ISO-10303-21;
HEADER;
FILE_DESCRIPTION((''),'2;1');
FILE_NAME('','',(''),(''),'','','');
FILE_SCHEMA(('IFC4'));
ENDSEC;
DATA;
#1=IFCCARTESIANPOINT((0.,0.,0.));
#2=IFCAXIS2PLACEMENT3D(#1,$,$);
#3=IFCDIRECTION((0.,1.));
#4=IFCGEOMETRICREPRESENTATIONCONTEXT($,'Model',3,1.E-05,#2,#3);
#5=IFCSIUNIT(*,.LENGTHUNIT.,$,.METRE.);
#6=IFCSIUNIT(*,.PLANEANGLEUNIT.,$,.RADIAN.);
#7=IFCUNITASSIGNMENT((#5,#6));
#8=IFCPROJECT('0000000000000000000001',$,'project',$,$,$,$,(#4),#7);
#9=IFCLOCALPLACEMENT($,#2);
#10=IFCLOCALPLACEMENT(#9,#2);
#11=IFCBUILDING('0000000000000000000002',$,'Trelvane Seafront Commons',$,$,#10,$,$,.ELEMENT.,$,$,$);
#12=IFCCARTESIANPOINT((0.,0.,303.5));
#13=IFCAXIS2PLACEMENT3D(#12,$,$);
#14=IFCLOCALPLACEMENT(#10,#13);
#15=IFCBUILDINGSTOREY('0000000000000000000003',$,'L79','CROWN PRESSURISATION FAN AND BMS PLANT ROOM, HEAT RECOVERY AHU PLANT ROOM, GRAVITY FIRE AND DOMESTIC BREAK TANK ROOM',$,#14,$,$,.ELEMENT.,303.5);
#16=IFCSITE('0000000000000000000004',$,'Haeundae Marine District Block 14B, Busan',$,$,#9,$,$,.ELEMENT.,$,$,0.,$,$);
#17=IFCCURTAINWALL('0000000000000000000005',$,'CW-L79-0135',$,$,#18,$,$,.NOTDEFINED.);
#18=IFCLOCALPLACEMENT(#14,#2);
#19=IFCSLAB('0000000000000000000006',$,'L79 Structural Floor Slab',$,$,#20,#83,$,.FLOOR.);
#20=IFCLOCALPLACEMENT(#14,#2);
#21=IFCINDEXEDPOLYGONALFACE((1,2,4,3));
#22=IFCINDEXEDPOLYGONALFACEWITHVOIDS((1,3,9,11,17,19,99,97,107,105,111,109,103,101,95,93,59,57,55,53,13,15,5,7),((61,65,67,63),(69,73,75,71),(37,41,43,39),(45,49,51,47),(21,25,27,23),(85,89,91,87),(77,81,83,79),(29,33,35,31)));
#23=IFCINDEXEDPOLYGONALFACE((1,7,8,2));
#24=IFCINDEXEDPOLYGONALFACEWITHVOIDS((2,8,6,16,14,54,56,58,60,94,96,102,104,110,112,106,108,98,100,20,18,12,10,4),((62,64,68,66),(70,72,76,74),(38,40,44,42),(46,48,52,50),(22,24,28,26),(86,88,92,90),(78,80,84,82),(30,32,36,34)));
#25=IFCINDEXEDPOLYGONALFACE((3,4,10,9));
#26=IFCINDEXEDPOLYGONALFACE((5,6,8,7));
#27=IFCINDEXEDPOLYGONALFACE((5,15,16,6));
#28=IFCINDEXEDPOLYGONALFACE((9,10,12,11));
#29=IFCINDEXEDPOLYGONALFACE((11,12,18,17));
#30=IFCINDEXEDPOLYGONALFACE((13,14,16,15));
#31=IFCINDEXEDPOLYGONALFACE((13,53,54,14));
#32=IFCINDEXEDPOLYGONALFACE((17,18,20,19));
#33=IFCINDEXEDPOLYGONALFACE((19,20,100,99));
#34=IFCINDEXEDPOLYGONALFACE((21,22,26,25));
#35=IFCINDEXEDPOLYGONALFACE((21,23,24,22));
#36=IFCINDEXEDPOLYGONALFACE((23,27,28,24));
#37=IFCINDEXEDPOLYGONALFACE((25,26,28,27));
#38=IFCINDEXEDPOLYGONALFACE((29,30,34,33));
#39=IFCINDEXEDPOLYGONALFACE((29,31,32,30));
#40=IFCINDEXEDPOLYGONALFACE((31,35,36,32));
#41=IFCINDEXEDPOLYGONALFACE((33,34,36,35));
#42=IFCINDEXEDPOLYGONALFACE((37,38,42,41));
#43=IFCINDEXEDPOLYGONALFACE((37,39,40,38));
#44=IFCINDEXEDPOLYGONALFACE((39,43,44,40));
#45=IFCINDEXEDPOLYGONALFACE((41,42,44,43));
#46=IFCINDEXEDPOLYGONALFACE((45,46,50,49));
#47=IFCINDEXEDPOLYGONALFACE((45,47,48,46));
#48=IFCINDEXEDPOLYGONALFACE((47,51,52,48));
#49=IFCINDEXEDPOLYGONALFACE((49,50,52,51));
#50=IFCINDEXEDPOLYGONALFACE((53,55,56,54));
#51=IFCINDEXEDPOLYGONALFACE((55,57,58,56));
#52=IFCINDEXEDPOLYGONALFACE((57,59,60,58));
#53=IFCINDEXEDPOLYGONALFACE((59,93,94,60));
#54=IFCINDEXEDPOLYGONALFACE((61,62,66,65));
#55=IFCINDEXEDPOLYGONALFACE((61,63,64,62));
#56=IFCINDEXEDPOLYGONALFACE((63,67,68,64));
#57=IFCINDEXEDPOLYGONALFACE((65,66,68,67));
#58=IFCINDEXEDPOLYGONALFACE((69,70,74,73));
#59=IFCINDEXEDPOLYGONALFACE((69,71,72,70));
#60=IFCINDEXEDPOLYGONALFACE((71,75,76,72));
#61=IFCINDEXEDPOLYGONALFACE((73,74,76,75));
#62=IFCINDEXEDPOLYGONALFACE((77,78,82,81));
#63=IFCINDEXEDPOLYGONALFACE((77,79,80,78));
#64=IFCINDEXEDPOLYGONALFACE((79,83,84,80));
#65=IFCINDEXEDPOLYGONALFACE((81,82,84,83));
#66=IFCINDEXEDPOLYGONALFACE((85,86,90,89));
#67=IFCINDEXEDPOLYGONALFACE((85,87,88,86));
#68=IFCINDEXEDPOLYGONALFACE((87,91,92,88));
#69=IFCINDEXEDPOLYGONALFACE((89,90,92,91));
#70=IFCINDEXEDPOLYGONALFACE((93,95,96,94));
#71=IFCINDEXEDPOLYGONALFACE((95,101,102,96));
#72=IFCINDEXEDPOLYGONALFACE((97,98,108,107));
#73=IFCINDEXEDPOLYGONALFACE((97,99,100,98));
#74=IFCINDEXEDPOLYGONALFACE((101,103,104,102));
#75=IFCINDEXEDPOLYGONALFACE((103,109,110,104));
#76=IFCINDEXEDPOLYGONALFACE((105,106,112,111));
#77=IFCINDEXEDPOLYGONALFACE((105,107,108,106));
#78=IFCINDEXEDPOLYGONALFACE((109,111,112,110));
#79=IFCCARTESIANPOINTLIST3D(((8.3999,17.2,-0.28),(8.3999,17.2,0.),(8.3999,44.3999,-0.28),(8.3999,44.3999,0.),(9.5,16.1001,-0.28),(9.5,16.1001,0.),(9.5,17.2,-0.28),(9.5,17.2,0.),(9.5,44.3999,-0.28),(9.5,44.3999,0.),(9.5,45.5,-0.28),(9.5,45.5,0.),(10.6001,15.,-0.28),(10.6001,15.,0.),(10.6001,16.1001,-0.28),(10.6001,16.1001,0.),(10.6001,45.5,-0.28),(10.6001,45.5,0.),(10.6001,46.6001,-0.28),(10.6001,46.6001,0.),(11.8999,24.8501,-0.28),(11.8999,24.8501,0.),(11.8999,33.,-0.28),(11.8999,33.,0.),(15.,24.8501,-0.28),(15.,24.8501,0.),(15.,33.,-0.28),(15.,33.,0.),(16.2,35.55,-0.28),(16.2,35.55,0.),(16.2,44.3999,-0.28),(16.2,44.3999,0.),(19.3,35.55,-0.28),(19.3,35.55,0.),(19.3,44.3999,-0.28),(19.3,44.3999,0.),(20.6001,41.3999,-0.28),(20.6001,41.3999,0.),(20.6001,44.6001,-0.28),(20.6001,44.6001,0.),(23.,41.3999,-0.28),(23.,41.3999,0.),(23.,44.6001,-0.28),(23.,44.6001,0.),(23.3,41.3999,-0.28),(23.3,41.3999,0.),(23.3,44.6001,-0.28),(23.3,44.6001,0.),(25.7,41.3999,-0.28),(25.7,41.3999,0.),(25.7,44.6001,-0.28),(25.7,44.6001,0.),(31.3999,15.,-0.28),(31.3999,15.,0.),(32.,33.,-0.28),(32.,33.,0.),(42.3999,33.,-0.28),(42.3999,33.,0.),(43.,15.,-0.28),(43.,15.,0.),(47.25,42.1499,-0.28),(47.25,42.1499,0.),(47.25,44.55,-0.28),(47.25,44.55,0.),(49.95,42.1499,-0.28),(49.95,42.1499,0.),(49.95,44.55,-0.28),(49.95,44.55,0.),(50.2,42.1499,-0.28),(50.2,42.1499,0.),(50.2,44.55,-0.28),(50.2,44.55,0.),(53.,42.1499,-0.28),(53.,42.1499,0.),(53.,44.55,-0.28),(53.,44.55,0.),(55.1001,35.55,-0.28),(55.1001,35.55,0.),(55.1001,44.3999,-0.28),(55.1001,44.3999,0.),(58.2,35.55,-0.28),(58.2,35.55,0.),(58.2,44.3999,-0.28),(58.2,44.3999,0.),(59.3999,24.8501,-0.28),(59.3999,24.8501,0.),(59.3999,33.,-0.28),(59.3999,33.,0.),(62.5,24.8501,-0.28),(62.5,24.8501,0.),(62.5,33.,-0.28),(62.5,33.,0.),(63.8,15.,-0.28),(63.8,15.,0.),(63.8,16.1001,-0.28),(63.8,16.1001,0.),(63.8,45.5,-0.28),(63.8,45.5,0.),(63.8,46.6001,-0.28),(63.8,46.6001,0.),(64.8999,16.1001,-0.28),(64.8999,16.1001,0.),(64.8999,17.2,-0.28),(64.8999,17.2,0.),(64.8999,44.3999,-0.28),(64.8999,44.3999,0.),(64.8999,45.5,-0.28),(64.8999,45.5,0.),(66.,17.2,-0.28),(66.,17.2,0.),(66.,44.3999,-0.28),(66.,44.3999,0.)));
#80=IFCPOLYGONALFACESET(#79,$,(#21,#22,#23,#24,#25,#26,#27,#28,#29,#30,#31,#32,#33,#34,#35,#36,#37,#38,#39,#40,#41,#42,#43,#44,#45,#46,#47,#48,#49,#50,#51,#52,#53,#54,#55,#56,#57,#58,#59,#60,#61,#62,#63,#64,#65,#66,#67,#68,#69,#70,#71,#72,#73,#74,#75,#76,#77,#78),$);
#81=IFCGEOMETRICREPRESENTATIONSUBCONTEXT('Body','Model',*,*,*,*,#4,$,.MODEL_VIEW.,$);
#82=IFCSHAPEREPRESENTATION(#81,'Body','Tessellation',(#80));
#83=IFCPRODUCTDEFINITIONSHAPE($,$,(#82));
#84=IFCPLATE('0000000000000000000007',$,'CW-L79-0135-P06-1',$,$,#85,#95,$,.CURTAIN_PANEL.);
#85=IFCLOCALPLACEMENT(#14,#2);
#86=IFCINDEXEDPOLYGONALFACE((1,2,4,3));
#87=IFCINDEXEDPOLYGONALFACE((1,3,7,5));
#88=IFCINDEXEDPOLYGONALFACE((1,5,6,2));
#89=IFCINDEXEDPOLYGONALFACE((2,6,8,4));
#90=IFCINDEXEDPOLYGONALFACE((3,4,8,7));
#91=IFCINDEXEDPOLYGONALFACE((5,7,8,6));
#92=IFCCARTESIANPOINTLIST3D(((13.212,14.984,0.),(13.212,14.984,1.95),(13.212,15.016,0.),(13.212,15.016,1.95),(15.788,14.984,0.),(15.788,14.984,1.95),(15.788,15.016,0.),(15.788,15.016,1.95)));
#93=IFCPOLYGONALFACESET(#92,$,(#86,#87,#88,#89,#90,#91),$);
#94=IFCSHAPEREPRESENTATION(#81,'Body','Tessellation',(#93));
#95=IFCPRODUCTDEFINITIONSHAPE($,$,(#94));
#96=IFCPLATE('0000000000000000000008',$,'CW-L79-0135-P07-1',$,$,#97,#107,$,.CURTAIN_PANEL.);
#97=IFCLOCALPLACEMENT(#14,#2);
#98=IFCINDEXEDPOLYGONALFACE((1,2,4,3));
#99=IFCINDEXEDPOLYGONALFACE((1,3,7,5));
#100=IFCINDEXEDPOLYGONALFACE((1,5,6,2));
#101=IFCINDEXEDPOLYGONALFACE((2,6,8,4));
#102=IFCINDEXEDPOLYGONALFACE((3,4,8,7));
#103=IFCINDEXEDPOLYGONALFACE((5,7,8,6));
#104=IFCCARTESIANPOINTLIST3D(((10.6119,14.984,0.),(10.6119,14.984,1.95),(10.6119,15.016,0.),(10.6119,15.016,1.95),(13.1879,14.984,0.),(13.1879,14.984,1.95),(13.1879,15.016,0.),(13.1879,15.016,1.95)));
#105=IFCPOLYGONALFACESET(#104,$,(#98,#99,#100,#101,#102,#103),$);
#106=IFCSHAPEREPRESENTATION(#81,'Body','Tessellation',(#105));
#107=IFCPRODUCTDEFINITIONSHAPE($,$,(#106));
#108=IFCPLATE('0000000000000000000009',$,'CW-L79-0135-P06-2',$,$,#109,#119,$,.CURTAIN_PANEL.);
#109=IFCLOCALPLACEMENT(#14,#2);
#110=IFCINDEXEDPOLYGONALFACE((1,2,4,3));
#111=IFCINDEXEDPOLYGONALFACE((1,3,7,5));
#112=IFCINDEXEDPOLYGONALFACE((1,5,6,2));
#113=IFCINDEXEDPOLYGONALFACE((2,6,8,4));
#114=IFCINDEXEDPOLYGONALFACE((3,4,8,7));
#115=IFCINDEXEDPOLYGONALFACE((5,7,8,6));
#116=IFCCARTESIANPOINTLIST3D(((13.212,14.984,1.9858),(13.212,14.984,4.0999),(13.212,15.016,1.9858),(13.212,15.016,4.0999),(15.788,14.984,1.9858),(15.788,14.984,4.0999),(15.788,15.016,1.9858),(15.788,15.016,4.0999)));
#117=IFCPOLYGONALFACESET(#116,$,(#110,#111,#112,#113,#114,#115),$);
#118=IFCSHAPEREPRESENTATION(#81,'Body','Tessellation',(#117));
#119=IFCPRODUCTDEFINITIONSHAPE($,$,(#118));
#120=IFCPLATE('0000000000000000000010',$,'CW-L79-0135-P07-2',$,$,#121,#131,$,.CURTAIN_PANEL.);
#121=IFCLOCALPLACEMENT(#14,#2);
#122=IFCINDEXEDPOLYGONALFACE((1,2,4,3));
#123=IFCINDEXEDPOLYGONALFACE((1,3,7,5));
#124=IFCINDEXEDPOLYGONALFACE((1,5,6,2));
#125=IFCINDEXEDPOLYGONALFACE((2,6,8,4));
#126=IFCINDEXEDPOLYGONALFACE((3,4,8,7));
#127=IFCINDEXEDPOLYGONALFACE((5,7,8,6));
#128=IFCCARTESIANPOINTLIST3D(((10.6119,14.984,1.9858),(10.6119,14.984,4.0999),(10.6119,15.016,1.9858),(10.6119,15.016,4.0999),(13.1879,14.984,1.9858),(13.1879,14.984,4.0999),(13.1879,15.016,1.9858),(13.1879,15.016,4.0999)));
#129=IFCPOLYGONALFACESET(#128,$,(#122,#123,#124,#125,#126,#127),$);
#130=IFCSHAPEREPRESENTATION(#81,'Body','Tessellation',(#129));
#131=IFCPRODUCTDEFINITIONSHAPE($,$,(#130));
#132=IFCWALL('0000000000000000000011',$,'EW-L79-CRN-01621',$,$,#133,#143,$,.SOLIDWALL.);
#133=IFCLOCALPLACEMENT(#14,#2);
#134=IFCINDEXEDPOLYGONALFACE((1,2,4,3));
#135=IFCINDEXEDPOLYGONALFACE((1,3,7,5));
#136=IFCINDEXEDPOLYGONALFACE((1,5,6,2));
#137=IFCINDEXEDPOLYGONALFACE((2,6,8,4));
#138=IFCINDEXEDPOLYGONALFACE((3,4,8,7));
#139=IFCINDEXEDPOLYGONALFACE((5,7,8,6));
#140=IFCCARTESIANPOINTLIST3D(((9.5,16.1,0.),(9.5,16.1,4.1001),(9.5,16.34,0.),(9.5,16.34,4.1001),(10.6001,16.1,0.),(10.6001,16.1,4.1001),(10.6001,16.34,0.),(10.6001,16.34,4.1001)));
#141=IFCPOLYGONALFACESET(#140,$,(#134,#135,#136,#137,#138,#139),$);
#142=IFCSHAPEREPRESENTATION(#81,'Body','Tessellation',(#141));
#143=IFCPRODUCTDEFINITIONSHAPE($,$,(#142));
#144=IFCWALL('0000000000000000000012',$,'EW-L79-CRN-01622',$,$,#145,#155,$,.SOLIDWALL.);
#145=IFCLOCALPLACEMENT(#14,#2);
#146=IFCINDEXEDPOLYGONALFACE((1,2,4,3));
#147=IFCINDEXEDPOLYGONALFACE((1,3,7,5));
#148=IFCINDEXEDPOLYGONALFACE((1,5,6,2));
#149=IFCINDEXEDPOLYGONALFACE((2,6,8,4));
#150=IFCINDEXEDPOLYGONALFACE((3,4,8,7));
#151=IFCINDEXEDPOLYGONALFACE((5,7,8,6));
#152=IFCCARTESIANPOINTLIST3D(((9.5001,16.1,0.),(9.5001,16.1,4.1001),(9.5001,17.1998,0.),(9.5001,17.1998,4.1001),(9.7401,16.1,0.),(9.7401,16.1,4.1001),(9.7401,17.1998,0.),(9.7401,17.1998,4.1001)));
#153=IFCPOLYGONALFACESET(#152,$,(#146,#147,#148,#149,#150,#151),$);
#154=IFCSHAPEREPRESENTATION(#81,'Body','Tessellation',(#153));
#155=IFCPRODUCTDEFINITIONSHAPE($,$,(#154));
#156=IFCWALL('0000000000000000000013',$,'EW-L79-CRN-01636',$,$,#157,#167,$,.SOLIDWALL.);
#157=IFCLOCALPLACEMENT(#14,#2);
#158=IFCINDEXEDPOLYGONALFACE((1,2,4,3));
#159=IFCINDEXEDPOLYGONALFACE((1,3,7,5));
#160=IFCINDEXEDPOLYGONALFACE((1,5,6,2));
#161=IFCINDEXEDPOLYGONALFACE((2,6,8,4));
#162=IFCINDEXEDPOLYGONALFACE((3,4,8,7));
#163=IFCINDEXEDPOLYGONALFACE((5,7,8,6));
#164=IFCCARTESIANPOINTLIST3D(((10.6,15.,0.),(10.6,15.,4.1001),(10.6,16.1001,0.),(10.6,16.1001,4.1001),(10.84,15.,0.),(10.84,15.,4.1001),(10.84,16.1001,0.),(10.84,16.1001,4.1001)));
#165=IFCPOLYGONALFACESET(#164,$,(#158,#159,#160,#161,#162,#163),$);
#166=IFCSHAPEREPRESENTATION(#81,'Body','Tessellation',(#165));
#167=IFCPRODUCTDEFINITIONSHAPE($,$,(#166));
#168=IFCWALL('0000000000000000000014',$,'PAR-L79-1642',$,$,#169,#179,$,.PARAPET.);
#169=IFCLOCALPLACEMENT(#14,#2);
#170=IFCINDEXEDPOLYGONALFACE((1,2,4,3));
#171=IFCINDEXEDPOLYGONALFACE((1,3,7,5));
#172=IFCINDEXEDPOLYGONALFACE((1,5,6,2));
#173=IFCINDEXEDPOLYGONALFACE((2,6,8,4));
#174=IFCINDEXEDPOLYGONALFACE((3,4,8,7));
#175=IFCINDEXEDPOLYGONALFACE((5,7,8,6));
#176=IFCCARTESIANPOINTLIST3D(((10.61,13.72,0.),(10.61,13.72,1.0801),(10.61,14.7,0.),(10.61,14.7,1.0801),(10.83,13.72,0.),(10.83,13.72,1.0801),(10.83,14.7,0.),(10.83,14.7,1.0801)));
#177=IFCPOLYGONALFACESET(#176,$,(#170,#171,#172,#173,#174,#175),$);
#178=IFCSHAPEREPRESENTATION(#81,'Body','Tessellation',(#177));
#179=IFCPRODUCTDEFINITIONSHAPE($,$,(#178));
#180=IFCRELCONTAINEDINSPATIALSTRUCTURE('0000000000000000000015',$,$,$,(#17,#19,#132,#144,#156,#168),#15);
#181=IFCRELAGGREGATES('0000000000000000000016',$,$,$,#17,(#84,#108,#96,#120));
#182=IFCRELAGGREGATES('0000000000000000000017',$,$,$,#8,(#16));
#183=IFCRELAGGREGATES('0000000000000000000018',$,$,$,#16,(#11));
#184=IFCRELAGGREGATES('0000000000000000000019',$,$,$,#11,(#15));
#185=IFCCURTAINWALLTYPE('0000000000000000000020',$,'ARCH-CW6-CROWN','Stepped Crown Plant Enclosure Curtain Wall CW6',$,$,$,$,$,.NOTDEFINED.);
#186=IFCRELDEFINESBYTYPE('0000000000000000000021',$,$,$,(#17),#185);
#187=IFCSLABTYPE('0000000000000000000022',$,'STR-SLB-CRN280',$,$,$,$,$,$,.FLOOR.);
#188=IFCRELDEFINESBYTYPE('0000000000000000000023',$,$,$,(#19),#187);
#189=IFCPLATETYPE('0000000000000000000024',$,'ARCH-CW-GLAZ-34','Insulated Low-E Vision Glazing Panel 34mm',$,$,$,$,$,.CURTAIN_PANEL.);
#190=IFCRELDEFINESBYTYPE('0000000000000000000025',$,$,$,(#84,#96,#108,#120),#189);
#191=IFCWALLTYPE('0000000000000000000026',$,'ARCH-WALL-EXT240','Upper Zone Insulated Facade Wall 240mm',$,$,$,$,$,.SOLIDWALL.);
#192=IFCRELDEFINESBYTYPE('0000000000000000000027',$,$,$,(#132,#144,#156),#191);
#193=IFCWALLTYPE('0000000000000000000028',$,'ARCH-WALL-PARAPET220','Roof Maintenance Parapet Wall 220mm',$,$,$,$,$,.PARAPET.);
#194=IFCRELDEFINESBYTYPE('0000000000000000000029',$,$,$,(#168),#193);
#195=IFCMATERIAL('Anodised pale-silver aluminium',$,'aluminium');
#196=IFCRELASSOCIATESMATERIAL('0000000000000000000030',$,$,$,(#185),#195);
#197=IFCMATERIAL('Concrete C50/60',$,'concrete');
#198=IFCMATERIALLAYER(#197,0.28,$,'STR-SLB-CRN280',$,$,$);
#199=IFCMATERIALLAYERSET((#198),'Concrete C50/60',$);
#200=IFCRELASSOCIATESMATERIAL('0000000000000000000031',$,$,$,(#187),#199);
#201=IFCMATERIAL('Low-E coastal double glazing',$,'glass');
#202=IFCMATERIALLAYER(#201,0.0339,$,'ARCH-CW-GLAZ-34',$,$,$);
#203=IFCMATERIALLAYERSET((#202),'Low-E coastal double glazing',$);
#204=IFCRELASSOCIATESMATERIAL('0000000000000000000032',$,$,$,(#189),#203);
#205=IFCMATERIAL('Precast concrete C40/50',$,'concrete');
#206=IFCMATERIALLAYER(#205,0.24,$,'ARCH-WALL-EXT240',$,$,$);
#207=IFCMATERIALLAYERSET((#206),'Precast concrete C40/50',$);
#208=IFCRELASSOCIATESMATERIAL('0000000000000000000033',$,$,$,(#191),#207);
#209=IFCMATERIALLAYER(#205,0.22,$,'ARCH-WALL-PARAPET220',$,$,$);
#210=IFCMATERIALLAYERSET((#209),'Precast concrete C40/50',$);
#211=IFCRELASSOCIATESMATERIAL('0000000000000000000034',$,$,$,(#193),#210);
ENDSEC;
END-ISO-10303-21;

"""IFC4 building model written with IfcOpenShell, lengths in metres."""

from ifc_helpers import new_model, si_unit, direction, frame, frame_2d, origin, origin_2d, place, context, subcontext, project, spatial, polyline, rectangle, outline, extrude, source, transform, mapped, material, layer, layer_set, type_object, element, aggregate, save


model = new_model("IFC4")

# Units and contexts
model_context = context("Model", 3, precision=1e-05, world=origin(), true_north=direction((0.0, 1.0)))
body_context = subcontext(model_context, "Body", "Model", "MODEL_VIEW")
ifc_project = project(units=[si_unit("LENGTHUNIT", "METRE"), si_unit("PLANEANGLEUNIT", "RADIAN")], contexts=[model_context])

# Site, building, storey
site_placement = place(None, origin())
site = spatial("IfcSite", under=ifc_project, at=site_placement, Name="Haeundae Marine District Block 14B, Busan", CompositionType="ELEMENT", RefElevation=0.0)
building_placement = place(site_placement, origin())
building = spatial("IfcBuilding", under=site, at=building_placement, Name="Trelvane Seafront Commons", CompositionType="ELEMENT")
storey_placement = place(building_placement, frame((0.0, 0.0, 303.5)))
storey = spatial("IfcBuildingStorey", under=building, at=storey_placement, Name="L79", Description="CROWN PRESSURISATION FAN AND BMS PLANT ROOM, HEAT RECOVERY AHU PLANT ROOM, GRAVITY FIRE AND DOMESTIC BREAK TANK ROOM", CompositionType="ELEMENT", Elevation=303.5)

# Shared definitions
ifc_material_1 = material(Name="Anodised pale-silver aluminium", Category="aluminium")
curtain_wall_type = type_object("IfcCurtainWallType", Name="ARCH-CW6-CROWN", Description="Stepped Crown Plant Enclosure Curtain Wall CW6", PredefinedType="NOTDEFINED", material=ifc_material_1)

# Curtain wall
curtain_wall_1_placement = place(storey_placement, origin())
curtain_wall_1 = element("IfcCurtainWall", 1, at=curtain_wall_1_placement, inside=storey, type_object=curtain_wall_type, Name="CW-L79-0135", PredefinedType="NOTDEFINED")

# Slab
ifc_material_2 = material(Name="Concrete C50/60", Category="concrete")
ifc_layer_1 = layer(ifc_material_2, 0.28, Name="STR-SLB-CRN280")
ifc_layer_set_1 = layer_set([ifc_layer_1], Name="Concrete C50/60")
slab_type_1 = type_object("IfcSlabType", Name="STR-SLB-CRN280", PredefinedType="FLOOR", material=ifc_layer_set_1)
slab_1_placement = place(storey_placement, frame((0.0, 0.0, -0.28)))
element("IfcSlab", 2, at=slab_1_placement, inside=storey, type_object=slab_type_1, Name="L79 Structural Floor Slab", PredefinedType="FLOOR", context=body_context, shape_type="SweptSolid", body=[
    extrude(outline(polyline([(10.6001, 15.0), (31.3999, 15.0), (32.0, 33.0), (42.3999, 33.0), (43.0, 15.0), (63.8, 15.0), (63.8, 16.1001), (64.8999, 16.1001), (64.8999, 17.2), (66.0, 17.2), (66.0, 44.3999), (64.8999, 44.3999), (64.8999, 45.5), (63.8, 45.5), (63.8, 46.6001), (10.6001, 46.6001), (10.6001, 45.5), (9.5, 45.5), (9.5, 44.3999), (8.3999, 44.3999), (8.3999, 17.2), (9.5, 17.2), (9.5, 16.1001), (10.6001, 16.1001), (10.6001, 15.0)]), holes=[polyline([(15.0, 24.8501), (11.8999, 24.8501), (11.8999, 33.0), (15.0, 33.0), (15.0, 24.8501)]), polyline([(62.5, 24.8501), (59.3999, 24.8501), (59.3999, 33.0), (62.5, 33.0), (62.5, 24.8501)]), polyline([(19.3, 35.55), (16.2, 35.55), (16.2, 44.3999), (19.3, 44.3999), (19.3, 35.55)]), polyline([(58.2, 35.55), (55.1001, 35.55), (55.1001, 44.3999), (58.2, 44.3999), (58.2, 35.55)]), polyline([(23.0, 41.3999), (20.6001, 41.3999), (20.6001, 44.6001), (23.0, 44.6001), (23.0, 41.3999)]), polyline([(25.7, 41.3999), (23.3, 41.3999), (23.3, 44.6001), (25.7, 44.6001), (25.7, 41.3999)]), polyline([(49.95, 42.1499), (47.25, 42.1499), (47.25, 44.55), (49.95, 44.55), (49.95, 42.1499)]), polyline([(53.0, 42.1499), (50.2, 42.1499), (50.2, 44.55), (53.0, 44.55), (53.0, 42.1499)])]), origin(), (0.0, 0.0, 1.0), 0.28),
])

# Plates
ifc_material_3 = material(Name="Low-E coastal double glazing", Category="glass")
ifc_layer_2 = layer(ifc_material_3, 0.0339, Name="ARCH-CW-GLAZ-34")
ifc_layer_set_2 = layer_set([ifc_layer_2], Name="Low-E coastal double glazing")
plate_type = type_object("IfcPlateType", Name="ARCH-CW-GLAZ-34", Description="Insulated Low-E Vision Glazing Panel 34mm", PredefinedType="CURTAIN_PANEL", material=ifc_layer_set_2)
shared_shape_1 = source(origin(), body_context, "Body", "SweptSolid", [
    extrude(rectangle(XDim=2.5759, YDim=0.032, at=origin_2d()), origin(), (0.0, 0.0, 1.0), 1.95),
])
plate_1_placement = place(storey_placement, frame((14.5, 15.0, 0.0), z_axis=(0.0, 0.0, 1.0), x_axis=(-1.0, 0.0, 0.0)))
plate_1 = element("IfcPlate", 3, at=plate_1_placement, type_object=plate_type, Name="CW-L79-0135-P06-1", PredefinedType="CURTAIN_PANEL", context=body_context, shape_type="MappedRepresentation", body=[
    mapped(shared_shape_1, transform((0.0, 0.0, 0.0), x_axis=(1.0, 0.0, 0.0), y_axis=(0.0, 1.0, 0.0), z_axis=(0.0, 0.0, 1.0), scale=1.0)),
])
plate_2_placement = place(storey_placement, frame((11.8999, 15.0, 0.0), z_axis=(0.0, 0.0, 1.0), x_axis=(-1.0, 0.0, 0.0)))
plate_2 = element("IfcPlate", 4, at=plate_2_placement, type_object=plate_type, Name="CW-L79-0135-P07-1", PredefinedType="CURTAIN_PANEL", context=body_context, shape_type="MappedRepresentation", body=[
    mapped(shared_shape_1, transform((0.0, 0.0, 0.0), x_axis=(1.0, 0.0, 0.0), y_axis=(0.0, 1.0, 0.0), z_axis=(0.0, 0.0, 1.0), scale=1.0)),
])
shared_shape_2 = source(origin(), body_context, "Body", "SweptSolid", [
    extrude(rectangle(XDim=2.5759, YDim=0.032, at=origin_2d()), origin(), (0.0, 0.0, 1.0), 2.114),
])
plate_3_placement = place(storey_placement, frame((14.5, 15.0, 1.9858), z_axis=(0.0, 0.0, 1.0), x_axis=(-1.0, 0.0, 0.0)))
plate_3 = element("IfcPlate", 5, at=plate_3_placement, type_object=plate_type, Name="CW-L79-0135-P06-2", PredefinedType="CURTAIN_PANEL", context=body_context, shape_type="MappedRepresentation", body=[
    mapped(shared_shape_2, transform((0.0, 0.0, 0.0), x_axis=(1.0, 0.0, 0.0), y_axis=(0.0, 1.0, 0.0), z_axis=(0.0, 0.0, 1.0), scale=1.0)),
])
plate_4_placement = place(storey_placement, frame((11.8999, 15.0, 1.9858), z_axis=(0.0, 0.0, 1.0), x_axis=(-1.0, 0.0, 0.0)))
plate_4 = element("IfcPlate", 6, at=plate_4_placement, type_object=plate_type, Name="CW-L79-0135-P07-2", PredefinedType="CURTAIN_PANEL", context=body_context, shape_type="MappedRepresentation", body=[
    mapped(shared_shape_2, transform((0.0, 0.0, 0.0), x_axis=(1.0, 0.0, 0.0), y_axis=(0.0, 1.0, 0.0), z_axis=(0.0, 0.0, 1.0), scale=1.0)),
])
aggregate(curtain_wall_1, [plate_1, plate_3, plate_2, plate_4])

# Walls
ifc_material_4 = material(Name="Precast concrete C40/50", Category="concrete")
ifc_layer_3 = layer(ifc_material_4, 0.24, Name="ARCH-WALL-EXT240")
ifc_layer_set_3 = layer_set([ifc_layer_3], Name="Precast concrete C40/50")
wall_type_1 = type_object("IfcWallType", Name="ARCH-WALL-EXT240", Description="Upper Zone Insulated Facade Wall 240mm", PredefinedType="SOLIDWALL", material=ifc_layer_set_3)
wall_1_placement = place(storey_placement, frame((10.6001, 16.22, 0.0), z_axis=(0.0, 0.0, 1.0), x_axis=(-1.0, 0.0, 0.0)))
element("IfcWall", 7, at=wall_1_placement, inside=storey, type_object=wall_type_1, Name="EW-L79-CRN-01621", PredefinedType="SOLIDWALL", context=body_context, shape_type="SweptSolid", body=[
    extrude(rectangle(XDim=1.1001, YDim=0.24, at=frame_2d((0.55, 0.0))), origin(), (0.0, 0.0, 1.0), 4.1001),
])
wall_2_placement = place(storey_placement, frame((9.6201, 16.1001, 0.0), z_axis=(0.0, 0.0, 1.0), x_axis=(0.0, 1.0, 0.0)))
element("IfcWall", 8, at=wall_2_placement, inside=storey, type_object=wall_type_1, Name="EW-L79-CRN-01622", PredefinedType="SOLIDWALL", context=body_context, shape_type="SweptSolid", body=[
    extrude(rectangle(XDim=1.0999, YDim=0.24, at=frame_2d((0.5498, 0.0))), origin(), (0.0, 0.0, 1.0), 4.1001),
])
wall_3_placement = place(storey_placement, frame((10.72, 15.0, 0.0), z_axis=(0.0, 0.0, 1.0), x_axis=(0.0, 1.0, 0.0)))
element("IfcWall", 9, at=wall_3_placement, inside=storey, type_object=wall_type_1, Name="EW-L79-CRN-01636", PredefinedType="SOLIDWALL", context=body_context, shape_type="SweptSolid", body=[
    extrude(rectangle(XDim=1.1001, YDim=0.24, at=frame_2d((0.55, 0.0))), origin(), (0.0, 0.0, 1.0), 4.1001),
])
ifc_layer_4 = layer(ifc_material_4, 0.22, Name="ARCH-WALL-PARAPET220")
ifc_layer_set_4 = layer_set([ifc_layer_4], Name="Precast concrete C40/50")
wall_type_2 = type_object("IfcWallType", Name="ARCH-WALL-PARAPET220", Description="Roof Maintenance Parapet Wall 220mm", PredefinedType="PARAPET", material=ifc_layer_set_4)
wall_4_placement = place(storey_placement, frame((10.72, 13.72, 0.0), z_axis=(0.0, 0.0, 1.0), x_axis=(0.0, 1.0, 0.0)))
element("IfcWall", 10, at=wall_4_placement, inside=storey, type_object=wall_type_2, Name="PAR-L79-1642", PredefinedType="PARAPET", context=body_context, shape_type="SweptSolid", body=[
    extrude(rectangle(XDim=0.98, YDim=0.22, at=frame_2d((0.49, 0.0))), origin(), (0.0, 0.0, 1.0), 1.0801),
])

save(model, "model.ifc")
